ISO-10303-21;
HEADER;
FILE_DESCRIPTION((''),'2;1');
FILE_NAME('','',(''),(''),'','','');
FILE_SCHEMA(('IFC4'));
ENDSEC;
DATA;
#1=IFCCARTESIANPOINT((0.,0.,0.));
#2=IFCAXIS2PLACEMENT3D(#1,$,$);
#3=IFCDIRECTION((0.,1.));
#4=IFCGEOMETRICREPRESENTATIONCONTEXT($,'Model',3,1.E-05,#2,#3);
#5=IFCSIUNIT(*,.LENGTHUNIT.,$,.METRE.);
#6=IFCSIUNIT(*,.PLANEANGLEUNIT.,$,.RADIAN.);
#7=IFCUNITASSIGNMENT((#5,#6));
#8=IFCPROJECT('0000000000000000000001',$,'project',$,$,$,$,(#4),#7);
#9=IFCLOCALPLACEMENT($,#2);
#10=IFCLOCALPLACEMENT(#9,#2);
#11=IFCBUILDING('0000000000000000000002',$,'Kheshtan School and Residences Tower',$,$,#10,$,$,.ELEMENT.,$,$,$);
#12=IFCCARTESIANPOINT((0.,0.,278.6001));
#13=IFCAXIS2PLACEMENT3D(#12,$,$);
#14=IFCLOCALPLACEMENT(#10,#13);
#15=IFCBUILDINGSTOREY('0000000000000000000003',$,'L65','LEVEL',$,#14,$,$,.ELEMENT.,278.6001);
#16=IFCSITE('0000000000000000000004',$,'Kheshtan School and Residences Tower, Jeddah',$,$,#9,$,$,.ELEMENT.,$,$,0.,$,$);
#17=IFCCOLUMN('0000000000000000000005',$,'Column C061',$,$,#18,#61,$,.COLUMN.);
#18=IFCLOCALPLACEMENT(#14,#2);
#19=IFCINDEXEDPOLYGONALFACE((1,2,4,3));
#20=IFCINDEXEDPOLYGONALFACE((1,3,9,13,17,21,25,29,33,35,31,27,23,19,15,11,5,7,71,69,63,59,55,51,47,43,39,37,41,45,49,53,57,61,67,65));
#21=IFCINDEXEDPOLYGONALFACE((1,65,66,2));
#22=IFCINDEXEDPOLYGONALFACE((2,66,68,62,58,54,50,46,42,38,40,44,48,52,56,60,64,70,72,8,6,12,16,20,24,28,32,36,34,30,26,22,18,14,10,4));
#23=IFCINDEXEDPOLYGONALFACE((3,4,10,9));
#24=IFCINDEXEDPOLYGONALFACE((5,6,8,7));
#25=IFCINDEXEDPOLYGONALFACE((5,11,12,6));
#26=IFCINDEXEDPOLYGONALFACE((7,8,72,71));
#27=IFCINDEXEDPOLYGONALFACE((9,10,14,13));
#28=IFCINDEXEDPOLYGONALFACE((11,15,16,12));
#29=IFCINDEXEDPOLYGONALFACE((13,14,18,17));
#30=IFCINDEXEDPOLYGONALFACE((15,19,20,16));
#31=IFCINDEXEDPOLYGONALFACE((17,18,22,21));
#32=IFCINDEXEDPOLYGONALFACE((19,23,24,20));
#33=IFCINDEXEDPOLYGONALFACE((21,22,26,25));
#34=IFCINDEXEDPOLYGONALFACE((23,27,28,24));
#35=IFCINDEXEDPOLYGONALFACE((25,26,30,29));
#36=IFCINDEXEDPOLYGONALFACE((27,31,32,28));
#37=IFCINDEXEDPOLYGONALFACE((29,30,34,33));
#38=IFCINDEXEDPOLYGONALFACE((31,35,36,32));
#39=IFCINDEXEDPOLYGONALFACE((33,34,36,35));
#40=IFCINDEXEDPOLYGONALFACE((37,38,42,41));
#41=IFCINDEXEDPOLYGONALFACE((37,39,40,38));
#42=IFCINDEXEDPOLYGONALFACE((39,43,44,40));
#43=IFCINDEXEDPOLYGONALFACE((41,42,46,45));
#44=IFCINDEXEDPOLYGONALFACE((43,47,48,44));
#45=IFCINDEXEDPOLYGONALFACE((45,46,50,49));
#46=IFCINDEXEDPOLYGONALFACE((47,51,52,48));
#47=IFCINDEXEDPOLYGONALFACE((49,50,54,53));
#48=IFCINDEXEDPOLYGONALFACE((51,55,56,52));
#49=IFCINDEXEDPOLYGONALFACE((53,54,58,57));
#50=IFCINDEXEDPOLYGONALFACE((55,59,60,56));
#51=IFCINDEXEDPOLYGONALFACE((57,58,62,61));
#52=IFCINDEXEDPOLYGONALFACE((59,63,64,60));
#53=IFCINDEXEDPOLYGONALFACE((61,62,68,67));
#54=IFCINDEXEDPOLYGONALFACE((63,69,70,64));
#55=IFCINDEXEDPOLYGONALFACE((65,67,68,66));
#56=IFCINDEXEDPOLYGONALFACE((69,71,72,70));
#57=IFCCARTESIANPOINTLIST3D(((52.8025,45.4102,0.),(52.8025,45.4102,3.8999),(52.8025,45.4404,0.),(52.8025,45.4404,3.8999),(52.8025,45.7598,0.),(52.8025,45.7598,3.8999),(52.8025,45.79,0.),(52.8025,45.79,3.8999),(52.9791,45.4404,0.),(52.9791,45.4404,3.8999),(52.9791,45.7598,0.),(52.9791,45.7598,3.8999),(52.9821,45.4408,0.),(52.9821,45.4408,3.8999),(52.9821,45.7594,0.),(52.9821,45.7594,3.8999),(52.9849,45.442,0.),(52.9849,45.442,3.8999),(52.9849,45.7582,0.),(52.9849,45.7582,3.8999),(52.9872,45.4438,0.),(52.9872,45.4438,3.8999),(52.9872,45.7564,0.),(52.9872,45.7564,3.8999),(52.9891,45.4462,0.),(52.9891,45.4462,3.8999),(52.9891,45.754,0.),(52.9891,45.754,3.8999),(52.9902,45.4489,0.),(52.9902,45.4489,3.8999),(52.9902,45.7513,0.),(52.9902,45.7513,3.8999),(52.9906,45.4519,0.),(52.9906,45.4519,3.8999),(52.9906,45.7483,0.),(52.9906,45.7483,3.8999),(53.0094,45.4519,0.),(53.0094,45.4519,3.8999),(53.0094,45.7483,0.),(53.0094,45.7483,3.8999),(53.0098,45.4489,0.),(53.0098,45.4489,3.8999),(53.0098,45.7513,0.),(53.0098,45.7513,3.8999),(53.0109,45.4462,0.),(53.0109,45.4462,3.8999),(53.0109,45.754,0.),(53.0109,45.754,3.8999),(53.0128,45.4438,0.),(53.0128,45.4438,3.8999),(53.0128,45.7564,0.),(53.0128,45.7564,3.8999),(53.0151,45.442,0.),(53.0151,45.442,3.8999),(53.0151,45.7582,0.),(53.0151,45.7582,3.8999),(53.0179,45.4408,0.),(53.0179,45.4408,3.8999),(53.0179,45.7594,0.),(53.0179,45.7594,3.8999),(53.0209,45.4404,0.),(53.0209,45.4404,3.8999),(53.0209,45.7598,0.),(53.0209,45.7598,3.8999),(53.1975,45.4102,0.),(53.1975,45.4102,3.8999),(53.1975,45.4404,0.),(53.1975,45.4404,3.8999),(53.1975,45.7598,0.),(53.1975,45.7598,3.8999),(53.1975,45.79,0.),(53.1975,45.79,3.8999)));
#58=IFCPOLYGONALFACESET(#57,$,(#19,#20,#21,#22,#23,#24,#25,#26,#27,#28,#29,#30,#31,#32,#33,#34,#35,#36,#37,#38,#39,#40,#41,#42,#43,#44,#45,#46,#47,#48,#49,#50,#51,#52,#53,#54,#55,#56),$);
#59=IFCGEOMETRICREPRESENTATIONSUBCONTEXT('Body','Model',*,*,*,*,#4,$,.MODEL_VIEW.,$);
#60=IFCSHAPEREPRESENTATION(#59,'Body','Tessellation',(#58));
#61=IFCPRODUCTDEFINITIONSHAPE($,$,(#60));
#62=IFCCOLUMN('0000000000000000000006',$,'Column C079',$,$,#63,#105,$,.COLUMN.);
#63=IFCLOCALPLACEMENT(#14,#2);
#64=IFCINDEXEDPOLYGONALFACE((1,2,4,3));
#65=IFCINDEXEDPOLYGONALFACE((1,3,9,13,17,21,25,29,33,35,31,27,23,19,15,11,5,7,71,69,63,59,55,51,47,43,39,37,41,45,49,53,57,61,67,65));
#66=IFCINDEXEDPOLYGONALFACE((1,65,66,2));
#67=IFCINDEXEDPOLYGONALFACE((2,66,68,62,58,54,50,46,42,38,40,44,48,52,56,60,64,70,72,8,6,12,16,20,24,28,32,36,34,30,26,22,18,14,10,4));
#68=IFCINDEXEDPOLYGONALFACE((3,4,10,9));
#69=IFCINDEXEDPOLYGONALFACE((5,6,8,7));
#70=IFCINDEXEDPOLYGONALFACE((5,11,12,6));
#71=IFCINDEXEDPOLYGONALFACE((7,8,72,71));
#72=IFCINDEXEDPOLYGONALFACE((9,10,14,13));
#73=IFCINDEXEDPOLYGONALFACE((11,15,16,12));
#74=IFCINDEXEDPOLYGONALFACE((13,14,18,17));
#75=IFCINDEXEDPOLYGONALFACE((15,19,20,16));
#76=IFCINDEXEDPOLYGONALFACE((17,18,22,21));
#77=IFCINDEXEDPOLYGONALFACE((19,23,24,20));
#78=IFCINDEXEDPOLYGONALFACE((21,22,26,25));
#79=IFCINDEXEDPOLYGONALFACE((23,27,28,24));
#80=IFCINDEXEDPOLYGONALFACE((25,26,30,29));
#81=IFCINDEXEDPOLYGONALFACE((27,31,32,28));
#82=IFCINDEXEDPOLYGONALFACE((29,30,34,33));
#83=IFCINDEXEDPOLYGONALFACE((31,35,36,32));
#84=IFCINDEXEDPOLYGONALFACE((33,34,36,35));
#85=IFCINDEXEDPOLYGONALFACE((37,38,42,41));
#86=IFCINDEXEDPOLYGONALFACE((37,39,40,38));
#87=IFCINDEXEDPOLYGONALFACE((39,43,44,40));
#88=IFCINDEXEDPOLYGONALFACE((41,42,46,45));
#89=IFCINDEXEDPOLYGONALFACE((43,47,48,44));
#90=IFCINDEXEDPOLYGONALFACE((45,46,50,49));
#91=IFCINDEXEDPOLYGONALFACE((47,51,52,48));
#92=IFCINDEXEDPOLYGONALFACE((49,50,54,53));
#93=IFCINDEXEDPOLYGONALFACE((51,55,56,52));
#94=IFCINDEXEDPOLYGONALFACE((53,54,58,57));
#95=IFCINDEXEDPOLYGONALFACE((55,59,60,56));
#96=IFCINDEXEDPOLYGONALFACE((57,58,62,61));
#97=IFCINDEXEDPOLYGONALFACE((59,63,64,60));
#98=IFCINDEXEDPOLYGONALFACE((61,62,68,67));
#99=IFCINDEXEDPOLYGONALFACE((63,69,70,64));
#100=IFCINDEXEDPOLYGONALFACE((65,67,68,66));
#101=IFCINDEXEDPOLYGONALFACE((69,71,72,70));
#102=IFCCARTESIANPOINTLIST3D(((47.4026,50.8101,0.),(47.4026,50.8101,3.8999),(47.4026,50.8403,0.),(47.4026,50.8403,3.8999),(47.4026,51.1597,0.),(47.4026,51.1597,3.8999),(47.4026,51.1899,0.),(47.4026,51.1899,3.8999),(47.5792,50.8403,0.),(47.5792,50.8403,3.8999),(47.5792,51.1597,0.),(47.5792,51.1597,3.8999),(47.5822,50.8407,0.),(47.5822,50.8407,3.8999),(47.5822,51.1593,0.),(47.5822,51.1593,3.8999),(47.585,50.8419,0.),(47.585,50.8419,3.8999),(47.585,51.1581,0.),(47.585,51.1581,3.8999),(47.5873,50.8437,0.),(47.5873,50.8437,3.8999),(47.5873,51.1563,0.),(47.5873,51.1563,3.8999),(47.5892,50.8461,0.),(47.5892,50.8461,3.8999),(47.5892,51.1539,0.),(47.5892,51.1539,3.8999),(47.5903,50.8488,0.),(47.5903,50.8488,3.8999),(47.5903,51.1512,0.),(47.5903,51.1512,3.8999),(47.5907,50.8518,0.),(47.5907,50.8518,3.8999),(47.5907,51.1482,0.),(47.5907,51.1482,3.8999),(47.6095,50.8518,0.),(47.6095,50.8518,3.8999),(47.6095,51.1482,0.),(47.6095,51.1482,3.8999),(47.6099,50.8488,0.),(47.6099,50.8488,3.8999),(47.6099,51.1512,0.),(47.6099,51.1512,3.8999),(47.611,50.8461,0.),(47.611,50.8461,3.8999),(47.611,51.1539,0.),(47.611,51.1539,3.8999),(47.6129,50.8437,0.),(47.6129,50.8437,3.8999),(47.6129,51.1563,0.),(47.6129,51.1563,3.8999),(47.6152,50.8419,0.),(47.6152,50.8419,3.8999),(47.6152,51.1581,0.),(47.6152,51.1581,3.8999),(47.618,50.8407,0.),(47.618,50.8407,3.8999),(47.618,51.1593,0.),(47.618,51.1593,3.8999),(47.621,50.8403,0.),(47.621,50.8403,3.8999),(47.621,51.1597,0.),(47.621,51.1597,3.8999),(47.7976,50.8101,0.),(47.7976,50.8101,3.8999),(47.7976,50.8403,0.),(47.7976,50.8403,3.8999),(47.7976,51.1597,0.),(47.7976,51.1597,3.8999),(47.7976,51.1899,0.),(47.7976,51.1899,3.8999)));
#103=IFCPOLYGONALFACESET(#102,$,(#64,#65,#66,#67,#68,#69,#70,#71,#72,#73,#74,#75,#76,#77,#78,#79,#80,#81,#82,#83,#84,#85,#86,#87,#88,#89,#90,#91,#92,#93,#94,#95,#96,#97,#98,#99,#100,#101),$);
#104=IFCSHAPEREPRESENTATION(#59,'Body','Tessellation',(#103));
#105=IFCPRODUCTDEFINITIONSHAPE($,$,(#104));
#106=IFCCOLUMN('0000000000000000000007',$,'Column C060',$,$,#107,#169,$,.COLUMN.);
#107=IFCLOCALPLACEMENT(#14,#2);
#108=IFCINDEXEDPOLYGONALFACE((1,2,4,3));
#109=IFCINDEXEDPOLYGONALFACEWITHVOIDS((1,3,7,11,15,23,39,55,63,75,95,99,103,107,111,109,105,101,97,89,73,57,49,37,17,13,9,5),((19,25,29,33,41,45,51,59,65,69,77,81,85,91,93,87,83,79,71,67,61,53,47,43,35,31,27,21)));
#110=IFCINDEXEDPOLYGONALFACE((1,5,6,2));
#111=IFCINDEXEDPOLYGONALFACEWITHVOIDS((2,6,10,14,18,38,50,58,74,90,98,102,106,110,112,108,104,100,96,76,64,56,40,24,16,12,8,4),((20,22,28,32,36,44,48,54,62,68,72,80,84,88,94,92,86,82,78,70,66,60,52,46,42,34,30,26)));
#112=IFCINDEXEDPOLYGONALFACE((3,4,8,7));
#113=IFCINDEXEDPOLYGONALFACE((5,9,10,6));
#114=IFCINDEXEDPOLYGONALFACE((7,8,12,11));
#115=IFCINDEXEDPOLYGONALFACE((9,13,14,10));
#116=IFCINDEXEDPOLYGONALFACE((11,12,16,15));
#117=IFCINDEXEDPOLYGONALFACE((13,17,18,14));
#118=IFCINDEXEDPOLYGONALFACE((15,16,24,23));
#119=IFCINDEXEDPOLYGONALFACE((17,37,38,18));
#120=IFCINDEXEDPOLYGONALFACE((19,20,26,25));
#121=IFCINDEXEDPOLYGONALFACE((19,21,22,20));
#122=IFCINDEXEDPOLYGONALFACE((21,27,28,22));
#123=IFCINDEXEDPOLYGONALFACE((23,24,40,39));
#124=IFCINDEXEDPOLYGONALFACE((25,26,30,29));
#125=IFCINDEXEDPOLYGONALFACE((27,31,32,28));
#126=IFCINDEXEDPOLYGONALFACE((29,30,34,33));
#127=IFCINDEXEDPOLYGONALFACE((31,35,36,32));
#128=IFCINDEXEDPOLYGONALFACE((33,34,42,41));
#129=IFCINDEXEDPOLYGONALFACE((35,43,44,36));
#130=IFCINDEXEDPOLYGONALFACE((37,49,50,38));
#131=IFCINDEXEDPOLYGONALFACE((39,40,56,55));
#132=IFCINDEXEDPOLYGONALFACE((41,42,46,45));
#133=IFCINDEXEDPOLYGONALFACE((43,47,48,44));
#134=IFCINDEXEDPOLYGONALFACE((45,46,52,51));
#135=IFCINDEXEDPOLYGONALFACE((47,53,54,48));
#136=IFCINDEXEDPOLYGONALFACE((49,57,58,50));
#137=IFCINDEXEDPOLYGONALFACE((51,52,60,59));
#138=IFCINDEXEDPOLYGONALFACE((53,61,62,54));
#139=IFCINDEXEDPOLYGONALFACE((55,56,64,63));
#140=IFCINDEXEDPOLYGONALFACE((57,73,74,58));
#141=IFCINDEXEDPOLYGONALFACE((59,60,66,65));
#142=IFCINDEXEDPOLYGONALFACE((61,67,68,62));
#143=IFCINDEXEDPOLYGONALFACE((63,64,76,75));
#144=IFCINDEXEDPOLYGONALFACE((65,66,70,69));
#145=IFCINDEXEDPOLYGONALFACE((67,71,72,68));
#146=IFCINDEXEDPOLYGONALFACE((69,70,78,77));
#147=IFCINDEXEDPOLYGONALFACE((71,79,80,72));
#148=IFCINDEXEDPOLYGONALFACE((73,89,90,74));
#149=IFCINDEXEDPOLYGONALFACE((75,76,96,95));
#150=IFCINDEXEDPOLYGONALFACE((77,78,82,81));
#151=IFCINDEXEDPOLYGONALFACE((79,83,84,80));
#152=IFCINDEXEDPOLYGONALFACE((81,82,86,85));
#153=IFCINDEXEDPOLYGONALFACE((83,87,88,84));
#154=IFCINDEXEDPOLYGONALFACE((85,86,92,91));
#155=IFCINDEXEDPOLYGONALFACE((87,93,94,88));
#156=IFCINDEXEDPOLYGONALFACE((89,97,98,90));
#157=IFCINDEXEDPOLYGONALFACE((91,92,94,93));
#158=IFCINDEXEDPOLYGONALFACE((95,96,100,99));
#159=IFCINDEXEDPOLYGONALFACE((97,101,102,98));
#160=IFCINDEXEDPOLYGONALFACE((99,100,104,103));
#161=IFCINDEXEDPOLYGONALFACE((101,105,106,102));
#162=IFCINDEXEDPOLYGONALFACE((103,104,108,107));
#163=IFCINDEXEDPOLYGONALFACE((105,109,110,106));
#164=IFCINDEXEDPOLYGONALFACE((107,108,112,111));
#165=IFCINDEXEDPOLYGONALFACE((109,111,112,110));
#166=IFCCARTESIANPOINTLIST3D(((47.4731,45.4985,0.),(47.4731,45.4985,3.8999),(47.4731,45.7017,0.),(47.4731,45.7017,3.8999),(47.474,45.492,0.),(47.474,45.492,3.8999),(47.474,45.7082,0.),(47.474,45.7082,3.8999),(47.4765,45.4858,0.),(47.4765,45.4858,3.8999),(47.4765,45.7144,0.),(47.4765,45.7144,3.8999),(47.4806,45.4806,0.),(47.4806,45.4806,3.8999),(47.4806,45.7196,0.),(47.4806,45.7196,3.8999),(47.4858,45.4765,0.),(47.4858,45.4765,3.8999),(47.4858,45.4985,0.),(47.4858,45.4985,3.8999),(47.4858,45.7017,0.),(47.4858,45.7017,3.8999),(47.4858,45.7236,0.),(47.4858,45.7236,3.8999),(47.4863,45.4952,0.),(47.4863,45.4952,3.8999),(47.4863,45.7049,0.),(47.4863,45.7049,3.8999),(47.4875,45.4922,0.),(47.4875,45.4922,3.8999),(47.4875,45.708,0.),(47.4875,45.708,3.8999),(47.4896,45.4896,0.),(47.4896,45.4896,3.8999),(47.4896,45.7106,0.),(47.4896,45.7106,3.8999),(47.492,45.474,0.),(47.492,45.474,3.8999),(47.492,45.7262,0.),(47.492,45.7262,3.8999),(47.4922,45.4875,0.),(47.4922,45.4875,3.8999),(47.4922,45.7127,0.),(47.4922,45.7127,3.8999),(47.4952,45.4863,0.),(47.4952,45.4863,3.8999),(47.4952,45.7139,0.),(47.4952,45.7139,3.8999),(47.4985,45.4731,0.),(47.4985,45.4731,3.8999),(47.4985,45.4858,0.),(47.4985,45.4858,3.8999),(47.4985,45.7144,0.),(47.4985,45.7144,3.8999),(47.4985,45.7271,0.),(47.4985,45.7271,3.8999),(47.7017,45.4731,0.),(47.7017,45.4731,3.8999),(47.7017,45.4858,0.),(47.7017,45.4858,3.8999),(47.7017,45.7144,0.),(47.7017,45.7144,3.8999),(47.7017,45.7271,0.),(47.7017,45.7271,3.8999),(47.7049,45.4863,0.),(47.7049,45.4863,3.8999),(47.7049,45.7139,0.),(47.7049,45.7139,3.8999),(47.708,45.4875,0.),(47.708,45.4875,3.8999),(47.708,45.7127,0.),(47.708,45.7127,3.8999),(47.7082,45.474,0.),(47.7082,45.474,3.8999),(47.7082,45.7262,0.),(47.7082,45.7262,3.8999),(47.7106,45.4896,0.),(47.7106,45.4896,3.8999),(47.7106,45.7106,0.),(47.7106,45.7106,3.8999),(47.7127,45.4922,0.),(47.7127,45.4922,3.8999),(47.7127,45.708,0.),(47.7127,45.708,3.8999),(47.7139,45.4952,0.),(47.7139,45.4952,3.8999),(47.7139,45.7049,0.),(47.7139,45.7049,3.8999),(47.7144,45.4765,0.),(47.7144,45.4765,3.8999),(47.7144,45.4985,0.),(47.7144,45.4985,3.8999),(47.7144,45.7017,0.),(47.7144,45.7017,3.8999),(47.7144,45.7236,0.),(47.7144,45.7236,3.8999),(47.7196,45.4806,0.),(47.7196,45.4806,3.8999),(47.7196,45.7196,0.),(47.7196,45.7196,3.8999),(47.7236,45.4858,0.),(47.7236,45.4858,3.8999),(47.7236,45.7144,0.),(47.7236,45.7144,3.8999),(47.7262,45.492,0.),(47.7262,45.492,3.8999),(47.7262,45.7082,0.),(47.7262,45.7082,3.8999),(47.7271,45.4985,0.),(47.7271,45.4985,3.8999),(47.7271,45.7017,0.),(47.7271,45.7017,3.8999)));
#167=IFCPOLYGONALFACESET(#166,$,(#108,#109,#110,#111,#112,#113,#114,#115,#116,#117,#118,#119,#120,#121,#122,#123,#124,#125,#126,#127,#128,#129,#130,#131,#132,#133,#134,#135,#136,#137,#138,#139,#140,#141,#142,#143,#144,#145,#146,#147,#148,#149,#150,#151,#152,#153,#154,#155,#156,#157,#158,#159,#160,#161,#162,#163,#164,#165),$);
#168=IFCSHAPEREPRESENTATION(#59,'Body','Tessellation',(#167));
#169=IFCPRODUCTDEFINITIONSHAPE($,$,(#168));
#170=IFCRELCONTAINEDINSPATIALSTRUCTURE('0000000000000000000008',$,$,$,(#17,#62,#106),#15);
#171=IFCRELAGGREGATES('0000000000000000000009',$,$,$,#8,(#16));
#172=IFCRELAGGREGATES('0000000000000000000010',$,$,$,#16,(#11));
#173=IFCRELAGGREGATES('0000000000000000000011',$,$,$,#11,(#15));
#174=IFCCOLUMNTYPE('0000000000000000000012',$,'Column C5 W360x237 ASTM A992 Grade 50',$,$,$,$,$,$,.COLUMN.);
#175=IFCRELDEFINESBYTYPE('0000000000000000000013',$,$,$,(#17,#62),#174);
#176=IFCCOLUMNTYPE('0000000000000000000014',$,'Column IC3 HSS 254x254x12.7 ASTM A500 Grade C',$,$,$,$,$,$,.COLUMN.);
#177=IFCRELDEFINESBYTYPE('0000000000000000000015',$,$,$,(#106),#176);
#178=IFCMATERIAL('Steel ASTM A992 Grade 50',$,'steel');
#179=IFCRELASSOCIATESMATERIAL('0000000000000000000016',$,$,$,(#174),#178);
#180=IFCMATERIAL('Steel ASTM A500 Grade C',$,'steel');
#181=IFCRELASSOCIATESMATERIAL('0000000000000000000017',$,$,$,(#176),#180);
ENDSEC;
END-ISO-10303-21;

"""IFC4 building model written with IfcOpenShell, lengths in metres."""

from ifc_helpers import new_model, si_unit, direction, frame, origin, origin_2d, place, context, subcontext, project, spatial, hollow_rectangle, i_section, extrude, material, material_profile, profile_set, type_object, element, save


model = new_model("IFC4")

# Units and contexts
model_context = context("Model", 3, precision=1e-05, world=origin(), true_north=direction((0.0, 1.0)))
body_context = subcontext(model_context, "Body", "Model", "MODEL_VIEW")
ifc_project = project(units=[si_unit("LENGTHUNIT", "METRE"), si_unit("PLANEANGLEUNIT", "RADIAN")], contexts=[model_context])

# Site, building, storey
site_placement = place(None, origin())
site = spatial("IfcSite", under=ifc_project, at=site_placement, Name="Kheshtan School and Residences Tower, Jeddah", CompositionType="ELEMENT", RefElevation=0.0)
building_placement = place(site_placement, origin())
building = spatial("IfcBuilding", under=site, at=building_placement, Name="Kheshtan School and Residences Tower", CompositionType="ELEMENT")
storey_placement = place(building_placement, frame((0.0, 0.0, 278.6001)))
storey = spatial("IfcBuildingStorey", under=building, at=storey_placement, Name="L65", Description="LEVEL", CompositionType="ELEMENT", Elevation=278.6001)

# Columns
ifc_material_1 = material(Name="Steel ASTM A992 Grade 50", Category="steel")
ifc_material_profile_1 = material_profile(ifc_material_1, i_section(OverallWidth=0.395, OverallDepth=0.3799, WebThickness=0.0188, FlangeThickness=0.0303, FilletRadius=0.0115, at=origin_2d()), Name="W360x237")
ifc_profile_set_1 = profile_set([ifc_material_profile_1], Name="Steel ASTM A992 Grade 50")
column_type_1 = type_object("IfcColumnType", Name="Column C5 W360x237 ASTM A992 Grade 50", PredefinedType="COLUMN", material=ifc_profile_set_1)
for number, where, z_axis, x_axis, name in (
    (1, (53.0, 45.6001, 0.0), (0.0, 0.0, 1.0), (1.0, 0.0, 0.0), "Column C061"),
    (2, (47.6001, 51.0, 0.0), (0.0, 0.0, 1.0), (1.0, 0.0, 0.0), "Column C079"),
):
    element("IfcColumn", number, at=place(storey_placement, frame(where, z_axis=z_axis, x_axis=x_axis)), inside=storey, type_object=column_type_1, Name=name, PredefinedType="COLUMN", context=body_context, shape_type="SweptSolid", body=[
        extrude(i_section(OverallWidth=0.395, OverallDepth=0.3799, WebThickness=0.0188, FlangeThickness=0.0303, FilletRadius=0.0115, at=origin_2d()), origin(), (0.0, 0.0, 1.0), 3.8999),
    ])
ifc_material_2 = material(Name="Steel ASTM A500 Grade C", Category="steel")
ifc_material_profile_2 = material_profile(ifc_material_2, hollow_rectangle(XDim=0.2539, YDim=0.2539, WallThickness=0.0127, InnerFilletRadius=0.0127, OuterFilletRadius=0.0254, at=origin_2d()), Name="HSS 254x254x12.7")
ifc_profile_set_2 = profile_set([ifc_material_profile_2], Name="Steel ASTM A500 Grade C")
column_type_2 = type_object("IfcColumnType", Name="Column IC3 HSS 254x254x12.7 ASTM A500 Grade C", PredefinedType="COLUMN", material=ifc_profile_set_2)
column_placement = place(storey_placement, frame((47.6001, 45.6001, 0.0), z_axis=(0.0, 0.0, 1.0), x_axis=(1.0, 0.0, 0.0)))
element("IfcColumn", 3, at=column_placement, inside=storey, type_object=column_type_2, Name="Column C060", PredefinedType="COLUMN", context=body_context, shape_type="SweptSolid", body=[
    extrude(hollow_rectangle(XDim=0.2539, YDim=0.2539, WallThickness=0.0127, InnerFilletRadius=0.0127, OuterFilletRadius=0.0254, at=origin_2d()), origin(), (0.0, 0.0, 1.0), 3.8999),
])

save(model, "model.ifc")
